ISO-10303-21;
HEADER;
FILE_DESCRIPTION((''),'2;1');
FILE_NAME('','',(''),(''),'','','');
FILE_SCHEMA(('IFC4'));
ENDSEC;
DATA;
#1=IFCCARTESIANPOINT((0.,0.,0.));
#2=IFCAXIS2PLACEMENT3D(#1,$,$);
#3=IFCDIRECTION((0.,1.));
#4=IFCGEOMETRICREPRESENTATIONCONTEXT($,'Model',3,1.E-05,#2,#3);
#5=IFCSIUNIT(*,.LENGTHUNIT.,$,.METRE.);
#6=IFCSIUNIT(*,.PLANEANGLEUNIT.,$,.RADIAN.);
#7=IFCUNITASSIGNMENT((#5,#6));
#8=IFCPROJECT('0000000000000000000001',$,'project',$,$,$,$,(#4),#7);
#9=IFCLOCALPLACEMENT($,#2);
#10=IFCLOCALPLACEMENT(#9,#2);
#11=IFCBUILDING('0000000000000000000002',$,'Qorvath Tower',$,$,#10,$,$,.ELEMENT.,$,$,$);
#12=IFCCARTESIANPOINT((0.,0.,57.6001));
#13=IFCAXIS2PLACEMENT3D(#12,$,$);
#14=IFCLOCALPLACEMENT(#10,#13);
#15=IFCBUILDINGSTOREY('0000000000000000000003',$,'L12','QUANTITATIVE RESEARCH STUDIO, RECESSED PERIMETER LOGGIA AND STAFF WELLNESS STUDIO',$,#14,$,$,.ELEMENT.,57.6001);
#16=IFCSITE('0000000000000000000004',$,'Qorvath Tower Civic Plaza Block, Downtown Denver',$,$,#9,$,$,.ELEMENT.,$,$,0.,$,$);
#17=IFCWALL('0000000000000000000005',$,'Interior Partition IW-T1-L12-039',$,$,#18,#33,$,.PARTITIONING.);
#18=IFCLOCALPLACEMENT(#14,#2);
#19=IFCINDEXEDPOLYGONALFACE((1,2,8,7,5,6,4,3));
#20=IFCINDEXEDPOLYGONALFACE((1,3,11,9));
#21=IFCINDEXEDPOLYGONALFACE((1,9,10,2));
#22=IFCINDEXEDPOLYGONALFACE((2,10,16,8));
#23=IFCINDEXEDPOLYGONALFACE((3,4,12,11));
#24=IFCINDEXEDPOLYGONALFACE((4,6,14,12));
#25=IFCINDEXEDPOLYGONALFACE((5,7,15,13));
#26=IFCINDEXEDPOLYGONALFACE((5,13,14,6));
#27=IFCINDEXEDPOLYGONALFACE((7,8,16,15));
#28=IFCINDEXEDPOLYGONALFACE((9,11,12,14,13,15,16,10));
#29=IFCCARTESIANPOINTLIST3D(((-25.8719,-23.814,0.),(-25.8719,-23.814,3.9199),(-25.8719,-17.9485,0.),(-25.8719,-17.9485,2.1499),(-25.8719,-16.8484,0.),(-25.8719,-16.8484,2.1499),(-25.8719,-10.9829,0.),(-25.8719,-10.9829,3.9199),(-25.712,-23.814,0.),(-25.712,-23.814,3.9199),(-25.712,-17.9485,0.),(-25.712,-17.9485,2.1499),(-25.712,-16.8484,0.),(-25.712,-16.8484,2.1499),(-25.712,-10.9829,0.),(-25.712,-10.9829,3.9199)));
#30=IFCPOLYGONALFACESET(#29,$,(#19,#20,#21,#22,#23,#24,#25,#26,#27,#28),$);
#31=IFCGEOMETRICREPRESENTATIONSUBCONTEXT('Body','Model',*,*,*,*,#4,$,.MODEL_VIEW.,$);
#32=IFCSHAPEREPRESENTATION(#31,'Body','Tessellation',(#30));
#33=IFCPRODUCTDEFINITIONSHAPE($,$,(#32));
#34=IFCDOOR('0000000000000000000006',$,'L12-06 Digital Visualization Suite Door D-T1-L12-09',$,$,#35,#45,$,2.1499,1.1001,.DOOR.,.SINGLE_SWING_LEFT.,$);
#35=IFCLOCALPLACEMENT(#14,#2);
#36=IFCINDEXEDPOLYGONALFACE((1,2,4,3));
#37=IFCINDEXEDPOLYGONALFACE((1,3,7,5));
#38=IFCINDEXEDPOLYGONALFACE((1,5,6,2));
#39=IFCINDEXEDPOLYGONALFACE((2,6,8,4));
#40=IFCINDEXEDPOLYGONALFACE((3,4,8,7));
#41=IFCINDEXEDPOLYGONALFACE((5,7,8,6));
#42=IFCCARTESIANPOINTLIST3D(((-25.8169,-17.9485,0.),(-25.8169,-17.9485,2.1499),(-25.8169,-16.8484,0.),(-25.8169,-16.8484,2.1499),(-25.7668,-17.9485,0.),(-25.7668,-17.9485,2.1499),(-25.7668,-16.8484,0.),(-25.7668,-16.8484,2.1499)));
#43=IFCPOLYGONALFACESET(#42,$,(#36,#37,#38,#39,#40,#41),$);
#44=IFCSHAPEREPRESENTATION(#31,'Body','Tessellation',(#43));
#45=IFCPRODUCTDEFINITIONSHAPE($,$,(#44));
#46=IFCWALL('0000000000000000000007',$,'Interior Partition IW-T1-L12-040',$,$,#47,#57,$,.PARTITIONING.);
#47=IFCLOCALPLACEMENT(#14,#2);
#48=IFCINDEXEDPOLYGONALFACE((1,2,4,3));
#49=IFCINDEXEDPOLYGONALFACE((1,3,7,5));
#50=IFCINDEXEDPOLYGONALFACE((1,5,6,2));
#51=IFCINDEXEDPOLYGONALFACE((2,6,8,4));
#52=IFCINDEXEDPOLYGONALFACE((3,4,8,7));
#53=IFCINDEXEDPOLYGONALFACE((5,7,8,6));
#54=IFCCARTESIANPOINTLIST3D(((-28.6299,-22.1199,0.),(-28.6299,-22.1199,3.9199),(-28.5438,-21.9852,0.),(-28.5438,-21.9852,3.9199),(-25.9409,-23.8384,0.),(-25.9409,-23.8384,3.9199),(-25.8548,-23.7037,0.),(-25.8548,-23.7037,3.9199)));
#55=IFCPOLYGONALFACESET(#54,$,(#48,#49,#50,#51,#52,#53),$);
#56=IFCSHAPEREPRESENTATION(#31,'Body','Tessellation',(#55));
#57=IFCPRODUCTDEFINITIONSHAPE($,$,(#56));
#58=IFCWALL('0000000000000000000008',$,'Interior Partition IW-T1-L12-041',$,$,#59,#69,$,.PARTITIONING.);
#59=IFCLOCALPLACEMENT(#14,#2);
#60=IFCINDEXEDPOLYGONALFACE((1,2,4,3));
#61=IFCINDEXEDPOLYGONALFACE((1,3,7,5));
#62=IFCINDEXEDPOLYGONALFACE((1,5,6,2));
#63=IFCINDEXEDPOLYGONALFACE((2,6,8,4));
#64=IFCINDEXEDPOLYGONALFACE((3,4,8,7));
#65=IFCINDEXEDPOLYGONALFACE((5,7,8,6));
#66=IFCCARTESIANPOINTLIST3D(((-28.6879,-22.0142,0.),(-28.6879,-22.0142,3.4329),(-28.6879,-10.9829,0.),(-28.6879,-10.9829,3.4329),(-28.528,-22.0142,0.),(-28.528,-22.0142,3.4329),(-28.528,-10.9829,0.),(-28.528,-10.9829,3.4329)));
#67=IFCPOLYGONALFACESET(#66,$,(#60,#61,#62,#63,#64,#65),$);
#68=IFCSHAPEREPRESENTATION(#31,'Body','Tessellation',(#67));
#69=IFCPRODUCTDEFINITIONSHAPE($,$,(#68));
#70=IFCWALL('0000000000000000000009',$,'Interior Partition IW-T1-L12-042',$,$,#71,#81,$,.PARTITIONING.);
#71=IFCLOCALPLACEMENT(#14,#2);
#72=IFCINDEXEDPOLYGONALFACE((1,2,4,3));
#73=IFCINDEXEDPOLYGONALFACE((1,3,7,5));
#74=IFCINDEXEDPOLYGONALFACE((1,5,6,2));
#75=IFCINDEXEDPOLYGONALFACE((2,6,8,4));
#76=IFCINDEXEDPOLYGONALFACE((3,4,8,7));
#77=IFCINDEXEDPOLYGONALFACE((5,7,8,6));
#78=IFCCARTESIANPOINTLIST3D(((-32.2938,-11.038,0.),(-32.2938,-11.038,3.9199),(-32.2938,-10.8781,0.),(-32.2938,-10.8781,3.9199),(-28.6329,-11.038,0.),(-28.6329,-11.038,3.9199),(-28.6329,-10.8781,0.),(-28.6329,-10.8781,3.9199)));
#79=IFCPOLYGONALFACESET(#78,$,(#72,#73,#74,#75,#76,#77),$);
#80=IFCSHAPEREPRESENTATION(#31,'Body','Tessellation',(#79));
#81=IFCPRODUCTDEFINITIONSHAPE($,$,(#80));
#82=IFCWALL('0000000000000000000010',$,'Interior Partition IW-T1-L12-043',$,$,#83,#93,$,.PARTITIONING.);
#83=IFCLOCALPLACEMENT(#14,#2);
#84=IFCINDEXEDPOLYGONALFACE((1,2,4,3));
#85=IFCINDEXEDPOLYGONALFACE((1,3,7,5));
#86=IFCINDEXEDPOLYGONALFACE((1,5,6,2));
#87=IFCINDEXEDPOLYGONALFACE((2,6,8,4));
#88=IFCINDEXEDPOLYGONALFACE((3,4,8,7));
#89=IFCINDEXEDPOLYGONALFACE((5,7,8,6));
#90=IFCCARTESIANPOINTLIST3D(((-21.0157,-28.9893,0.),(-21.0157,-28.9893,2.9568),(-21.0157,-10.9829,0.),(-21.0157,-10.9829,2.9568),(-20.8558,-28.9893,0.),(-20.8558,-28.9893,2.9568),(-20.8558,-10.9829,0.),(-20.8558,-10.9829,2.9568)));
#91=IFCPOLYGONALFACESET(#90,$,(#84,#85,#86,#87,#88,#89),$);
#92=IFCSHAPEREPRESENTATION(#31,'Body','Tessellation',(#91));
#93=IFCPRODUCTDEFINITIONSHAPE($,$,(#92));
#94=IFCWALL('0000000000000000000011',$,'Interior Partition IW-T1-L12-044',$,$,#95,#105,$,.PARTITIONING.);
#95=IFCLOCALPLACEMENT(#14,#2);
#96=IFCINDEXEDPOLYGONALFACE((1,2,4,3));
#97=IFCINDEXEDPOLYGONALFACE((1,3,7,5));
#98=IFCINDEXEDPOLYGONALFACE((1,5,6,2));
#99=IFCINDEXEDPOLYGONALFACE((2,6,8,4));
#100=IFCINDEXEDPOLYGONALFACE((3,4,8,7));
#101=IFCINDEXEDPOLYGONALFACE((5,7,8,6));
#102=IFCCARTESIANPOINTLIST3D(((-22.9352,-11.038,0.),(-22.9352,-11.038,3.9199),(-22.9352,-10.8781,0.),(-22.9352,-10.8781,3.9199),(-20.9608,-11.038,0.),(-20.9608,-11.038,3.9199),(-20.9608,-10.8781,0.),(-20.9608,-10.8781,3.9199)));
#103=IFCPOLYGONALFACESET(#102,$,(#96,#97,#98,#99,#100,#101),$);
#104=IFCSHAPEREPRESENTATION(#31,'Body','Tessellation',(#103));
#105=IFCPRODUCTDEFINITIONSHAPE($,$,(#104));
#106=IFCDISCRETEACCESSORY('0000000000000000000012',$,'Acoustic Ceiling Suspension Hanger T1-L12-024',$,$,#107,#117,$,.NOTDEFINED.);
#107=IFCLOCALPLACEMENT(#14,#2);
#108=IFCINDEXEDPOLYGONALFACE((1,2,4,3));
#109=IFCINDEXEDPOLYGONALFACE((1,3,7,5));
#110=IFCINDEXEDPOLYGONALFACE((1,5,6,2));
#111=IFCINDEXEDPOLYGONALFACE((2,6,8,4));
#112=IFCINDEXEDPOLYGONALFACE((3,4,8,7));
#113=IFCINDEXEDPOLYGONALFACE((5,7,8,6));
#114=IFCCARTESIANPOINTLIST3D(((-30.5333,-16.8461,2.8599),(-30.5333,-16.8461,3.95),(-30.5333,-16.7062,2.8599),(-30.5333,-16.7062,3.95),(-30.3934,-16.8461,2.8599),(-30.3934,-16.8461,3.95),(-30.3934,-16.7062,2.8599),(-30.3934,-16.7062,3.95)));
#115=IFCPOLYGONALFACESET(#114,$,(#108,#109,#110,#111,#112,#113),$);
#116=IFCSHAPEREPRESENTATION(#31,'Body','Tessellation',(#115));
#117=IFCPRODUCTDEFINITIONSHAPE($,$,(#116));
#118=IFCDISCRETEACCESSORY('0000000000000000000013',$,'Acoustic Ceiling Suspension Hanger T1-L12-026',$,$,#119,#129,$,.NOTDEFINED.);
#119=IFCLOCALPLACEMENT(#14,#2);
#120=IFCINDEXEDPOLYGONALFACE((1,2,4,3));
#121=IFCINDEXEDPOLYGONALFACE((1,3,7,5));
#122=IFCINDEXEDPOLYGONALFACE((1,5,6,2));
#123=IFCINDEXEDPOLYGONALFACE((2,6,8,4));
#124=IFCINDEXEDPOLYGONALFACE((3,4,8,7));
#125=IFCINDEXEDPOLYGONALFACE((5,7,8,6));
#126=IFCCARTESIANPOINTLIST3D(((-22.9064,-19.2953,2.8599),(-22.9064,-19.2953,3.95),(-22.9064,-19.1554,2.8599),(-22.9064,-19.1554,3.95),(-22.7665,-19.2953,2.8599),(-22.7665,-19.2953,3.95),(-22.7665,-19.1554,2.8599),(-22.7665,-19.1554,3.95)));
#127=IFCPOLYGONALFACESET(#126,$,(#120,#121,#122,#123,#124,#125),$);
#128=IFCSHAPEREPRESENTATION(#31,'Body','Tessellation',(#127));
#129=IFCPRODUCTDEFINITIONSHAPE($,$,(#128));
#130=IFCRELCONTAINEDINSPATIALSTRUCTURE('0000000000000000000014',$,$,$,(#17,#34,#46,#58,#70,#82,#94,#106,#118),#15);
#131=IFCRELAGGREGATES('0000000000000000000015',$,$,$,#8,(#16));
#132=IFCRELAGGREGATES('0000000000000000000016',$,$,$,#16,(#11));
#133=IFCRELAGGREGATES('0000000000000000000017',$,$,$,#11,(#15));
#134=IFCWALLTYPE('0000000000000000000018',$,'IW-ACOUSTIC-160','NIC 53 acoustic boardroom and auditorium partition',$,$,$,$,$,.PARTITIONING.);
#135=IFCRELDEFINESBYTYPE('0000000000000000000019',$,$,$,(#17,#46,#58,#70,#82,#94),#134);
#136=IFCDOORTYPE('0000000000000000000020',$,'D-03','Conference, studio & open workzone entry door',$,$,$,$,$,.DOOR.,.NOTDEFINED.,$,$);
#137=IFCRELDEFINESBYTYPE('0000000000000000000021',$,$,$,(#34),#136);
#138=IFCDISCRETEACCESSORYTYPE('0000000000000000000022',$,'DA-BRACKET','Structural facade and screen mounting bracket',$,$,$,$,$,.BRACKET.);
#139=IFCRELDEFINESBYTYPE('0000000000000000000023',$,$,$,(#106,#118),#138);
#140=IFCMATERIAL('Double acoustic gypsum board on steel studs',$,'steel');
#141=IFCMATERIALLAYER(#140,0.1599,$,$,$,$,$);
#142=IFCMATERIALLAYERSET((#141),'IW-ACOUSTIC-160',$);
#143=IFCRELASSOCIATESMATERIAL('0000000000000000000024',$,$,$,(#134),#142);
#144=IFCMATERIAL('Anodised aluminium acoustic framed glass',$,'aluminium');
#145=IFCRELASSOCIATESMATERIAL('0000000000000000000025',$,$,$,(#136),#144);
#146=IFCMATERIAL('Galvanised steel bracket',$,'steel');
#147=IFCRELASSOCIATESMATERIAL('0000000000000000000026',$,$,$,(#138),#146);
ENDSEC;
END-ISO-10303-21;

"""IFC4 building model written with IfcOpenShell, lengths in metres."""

from ifc_helpers import new_model, si_unit, direction, frame, frame_2d, origin, origin_2d, place, context, subcontext, project, spatial, rectangle, extrude, material, layer, layer_set, type_object, element, fill, save


model = new_model("IFC4")

# Units and contexts
model_context = context("Model", 3, precision=1e-05, world=origin(), true_north=direction((0.0, 1.0)))
body_context = subcontext(model_context, "Body", "Model", "MODEL_VIEW")
ifc_project = project(units=[si_unit("LENGTHUNIT", "METRE"), si_unit("PLANEANGLEUNIT", "RADIAN")], contexts=[model_context])

# Site, building, storey
site_placement = place(None, origin())
site = spatial("IfcSite", under=ifc_project, at=site_placement, Name="Qorvath Tower Civic Plaza Block, Downtown Denver", CompositionType="ELEMENT", RefElevation=0.0)
building_placement = place(site_placement, origin())
building = spatial("IfcBuilding", under=site, at=building_placement, Name="Qorvath Tower", CompositionType="ELEMENT")
storey_placement = place(building_placement, frame((0.0, 0.0, 57.6001)))
storey = spatial("IfcBuildingStorey", under=building, at=storey_placement, Name="L12", Description="QUANTITATIVE RESEARCH STUDIO, RECESSED PERIMETER LOGGIA AND STAFF WELLNESS STUDIO", CompositionType="ELEMENT", Elevation=57.6001)

# Shared definitions
ifc_material_1 = material(Name="Double acoustic gypsum board on steel studs", Category="steel")
ifc_layer_1 = layer(ifc_material_1, 0.1599)
ifc_layer_set_1 = layer_set([ifc_layer_1], Name="IW-ACOUSTIC-160")
wall_type = type_object("IfcWallType", Name="IW-ACOUSTIC-160", Description="NIC 53 acoustic boardroom and auditorium partition", PredefinedType="PARTITIONING", material=ifc_layer_set_1)

# Wall, opening, door
wall_1_placement = place(storey_placement, frame((-25.792, -23.814, 0.0), z_axis=(0.0, 0.0, 1.0), x_axis=(0.0, 1.0, 0.0)))
wall_1 = element("IfcWall", 1, at=wall_1_placement, inside=storey, type_object=wall_type, Name="Interior Partition IW-T1-L12-039", PredefinedType="PARTITIONING", context=body_context, shape_type="SweptSolid", body=[
    extrude(rectangle(XDim=12.8311, YDim=0.1599, at=frame_2d((6.4155, 0.0))), origin(), (0.0, 0.0, 1.0), 3.9199),
])
opening_1_placement = place(wall_1_placement, frame((5.8655, 0.0, 0.0)))
opening_1 = element("IfcOpeningElement", 2, at=opening_1_placement, cuts=wall_1, PredefinedType="OPENING", context=body_context, shape_type="SweptSolid", body=[
    extrude(rectangle(XDim=1.1001, YDim=2.1499, at=frame_2d((0.55, 1.075))), frame((0.0, 0.0898, 0.0), z_axis=(0.0, -1.0, 0.0), x_axis=(1.0, 0.0, 0.0)), (0.0, 0.0, 1.0), 0.1799),
])
ifc_material_2 = material(Name="Anodised aluminium acoustic framed glass", Category="aluminium")
door_type_1 = type_object("IfcDoorType", Name="D-03", Description="Conference, studio & open workzone entry door", OperationType="NOTDEFINED", PredefinedType="DOOR", material=ifc_material_2)
door_1_placement = place(opening_1_placement, origin())
door_1 = element("IfcDoor", 3, at=door_1_placement, inside=storey, type_object=door_type_1, Name="L12-06 Digital Visualization Suite Door D-T1-L12-09", OperationType="SINGLE_SWING_LEFT", OverallHeight=2.1499, OverallWidth=1.1001, PredefinedType="DOOR", context=body_context, shape_type="SweptSolid", body=[
    extrude(rectangle(XDim=1.1001, YDim=2.1499, at=frame_2d((0.55, 1.075))), frame((0.0, 0.0249, 0.0), z_axis=(0.0, -1.0, 0.0), x_axis=(1.0, 0.0, 0.0)), (0.0, 0.0, 1.0), 0.05),
])
fill(opening_1, door_1)

# Walls
wall_2_placement = place(storey_placement, frame((-28.5869, -22.0525, 0.0), z_axis=(0.0, 0.0, 1.0), x_axis=(0.842617, -0.538513, 0.0)))
element("IfcWall", 4, at=wall_2_placement, inside=storey, type_object=wall_type, Name="Interior Partition IW-T1-L12-040", PredefinedType="PARTITIONING", context=body_context, shape_type="SweptSolid", body=[
    extrude(rectangle(XDim=3.1912, YDim=0.1599, at=frame_2d((1.5957, 0.0))), origin(), (0.0, 0.0, 1.0), 3.9199),
])
wall_3_placement = place(storey_placement, frame((-28.6079, -10.9829, 0.0), z_axis=(0.0, 0.0, 1.0), x_axis=(0.0, -1.0, 0.0)))
element("IfcWall", 5, at=wall_3_placement, inside=storey, type_object=wall_type, Name="Interior Partition IW-T1-L12-041", PredefinedType="PARTITIONING", context=body_context, shape_type="SweptSolid", body=[
    extrude(rectangle(XDim=11.0312, YDim=0.1599, at=frame_2d((5.5156, 0.0))), origin(), (0.0, 0.0, 1.0), 3.4329),
])
wall_4_placement = place(storey_placement, frame((-28.6328, -10.958, 0.0), z_axis=(0.0, 0.0, 1.0), x_axis=(-1.0, 0.0, 0.0)))
element("IfcWall", 6, at=wall_4_placement, inside=storey, type_object=wall_type, Name="Interior Partition IW-T1-L12-042", PredefinedType="PARTITIONING", context=body_context, shape_type="SweptSolid", body=[
    extrude(rectangle(XDim=3.6609, YDim=0.1599, at=frame_2d((1.8306, 0.0))), origin(), (0.0, 0.0, 1.0), 3.9199),
])
wall_5_placement = place(storey_placement, frame((-20.9358, -28.9893, 0.0), z_axis=(0.0, 0.0, 1.0), x_axis=(0.0, 1.0, 0.0)))
element("IfcWall", 7, at=wall_5_placement, inside=storey, type_object=wall_type, Name="Interior Partition IW-T1-L12-043", PredefinedType="PARTITIONING", context=body_context, shape_type="SweptSolid", body=[
    extrude(rectangle(XDim=18.0063, YDim=0.1599, at=frame_2d((9.0032, 0.0))), origin(), (0.0, 0.0, 1.0), 2.9568),
])
wall_6_placement = place(storey_placement, frame((-20.9607, -10.958, 0.0), z_axis=(0.0, 0.0, 1.0), x_axis=(-1.0, 0.0, 0.0)))
element("IfcWall", 8, at=wall_6_placement, inside=storey, type_object=wall_type, Name="Interior Partition IW-T1-L12-044", PredefinedType="PARTITIONING", context=body_context, shape_type="SweptSolid", body=[
    extrude(rectangle(XDim=1.9744, YDim=0.1599, at=frame_2d((0.9873, 0.0))), origin(), (0.0, 0.0, 1.0), 3.9199),
])

# Discrete accessories
ifc_material_3 = material(Name="Galvanised steel bracket", Category="steel")
discrete_accessory_type = type_object("IfcDiscreteAccessoryType", Name="DA-BRACKET", Description="Structural facade and screen mounting bracket", PredefinedType="BRACKET", material=ifc_material_3)
for number, where, z_axis, x_axis, name in (
    (9, (-30.4634, -16.7761, 2.8599), (0.0, 0.0, 1.0), (1.0, 0.0, 0.0), "Acoustic Ceiling Suspension Hanger T1-L12-024"),
    (10, (-22.8364, -19.2253, 2.8599), (0.0, 0.0, 1.0), (1.0, 0.0, 0.0), "Acoustic Ceiling Suspension Hanger T1-L12-026"),
):
    element("IfcDiscreteAccessory", number, at=place(storey_placement, frame(where, z_axis=z_axis, x_axis=x_axis)), inside=storey, type_object=discrete_accessory_type, Name=name, PredefinedType="NOTDEFINED", context=body_context, shape_type="SweptSolid", body=[
        extrude(rectangle(XDim=0.1399, YDim=0.1399, at=origin_2d()), origin(), (0.0, 0.0, 1.0), 1.0901),
    ])

save(model, "model.ifc")
